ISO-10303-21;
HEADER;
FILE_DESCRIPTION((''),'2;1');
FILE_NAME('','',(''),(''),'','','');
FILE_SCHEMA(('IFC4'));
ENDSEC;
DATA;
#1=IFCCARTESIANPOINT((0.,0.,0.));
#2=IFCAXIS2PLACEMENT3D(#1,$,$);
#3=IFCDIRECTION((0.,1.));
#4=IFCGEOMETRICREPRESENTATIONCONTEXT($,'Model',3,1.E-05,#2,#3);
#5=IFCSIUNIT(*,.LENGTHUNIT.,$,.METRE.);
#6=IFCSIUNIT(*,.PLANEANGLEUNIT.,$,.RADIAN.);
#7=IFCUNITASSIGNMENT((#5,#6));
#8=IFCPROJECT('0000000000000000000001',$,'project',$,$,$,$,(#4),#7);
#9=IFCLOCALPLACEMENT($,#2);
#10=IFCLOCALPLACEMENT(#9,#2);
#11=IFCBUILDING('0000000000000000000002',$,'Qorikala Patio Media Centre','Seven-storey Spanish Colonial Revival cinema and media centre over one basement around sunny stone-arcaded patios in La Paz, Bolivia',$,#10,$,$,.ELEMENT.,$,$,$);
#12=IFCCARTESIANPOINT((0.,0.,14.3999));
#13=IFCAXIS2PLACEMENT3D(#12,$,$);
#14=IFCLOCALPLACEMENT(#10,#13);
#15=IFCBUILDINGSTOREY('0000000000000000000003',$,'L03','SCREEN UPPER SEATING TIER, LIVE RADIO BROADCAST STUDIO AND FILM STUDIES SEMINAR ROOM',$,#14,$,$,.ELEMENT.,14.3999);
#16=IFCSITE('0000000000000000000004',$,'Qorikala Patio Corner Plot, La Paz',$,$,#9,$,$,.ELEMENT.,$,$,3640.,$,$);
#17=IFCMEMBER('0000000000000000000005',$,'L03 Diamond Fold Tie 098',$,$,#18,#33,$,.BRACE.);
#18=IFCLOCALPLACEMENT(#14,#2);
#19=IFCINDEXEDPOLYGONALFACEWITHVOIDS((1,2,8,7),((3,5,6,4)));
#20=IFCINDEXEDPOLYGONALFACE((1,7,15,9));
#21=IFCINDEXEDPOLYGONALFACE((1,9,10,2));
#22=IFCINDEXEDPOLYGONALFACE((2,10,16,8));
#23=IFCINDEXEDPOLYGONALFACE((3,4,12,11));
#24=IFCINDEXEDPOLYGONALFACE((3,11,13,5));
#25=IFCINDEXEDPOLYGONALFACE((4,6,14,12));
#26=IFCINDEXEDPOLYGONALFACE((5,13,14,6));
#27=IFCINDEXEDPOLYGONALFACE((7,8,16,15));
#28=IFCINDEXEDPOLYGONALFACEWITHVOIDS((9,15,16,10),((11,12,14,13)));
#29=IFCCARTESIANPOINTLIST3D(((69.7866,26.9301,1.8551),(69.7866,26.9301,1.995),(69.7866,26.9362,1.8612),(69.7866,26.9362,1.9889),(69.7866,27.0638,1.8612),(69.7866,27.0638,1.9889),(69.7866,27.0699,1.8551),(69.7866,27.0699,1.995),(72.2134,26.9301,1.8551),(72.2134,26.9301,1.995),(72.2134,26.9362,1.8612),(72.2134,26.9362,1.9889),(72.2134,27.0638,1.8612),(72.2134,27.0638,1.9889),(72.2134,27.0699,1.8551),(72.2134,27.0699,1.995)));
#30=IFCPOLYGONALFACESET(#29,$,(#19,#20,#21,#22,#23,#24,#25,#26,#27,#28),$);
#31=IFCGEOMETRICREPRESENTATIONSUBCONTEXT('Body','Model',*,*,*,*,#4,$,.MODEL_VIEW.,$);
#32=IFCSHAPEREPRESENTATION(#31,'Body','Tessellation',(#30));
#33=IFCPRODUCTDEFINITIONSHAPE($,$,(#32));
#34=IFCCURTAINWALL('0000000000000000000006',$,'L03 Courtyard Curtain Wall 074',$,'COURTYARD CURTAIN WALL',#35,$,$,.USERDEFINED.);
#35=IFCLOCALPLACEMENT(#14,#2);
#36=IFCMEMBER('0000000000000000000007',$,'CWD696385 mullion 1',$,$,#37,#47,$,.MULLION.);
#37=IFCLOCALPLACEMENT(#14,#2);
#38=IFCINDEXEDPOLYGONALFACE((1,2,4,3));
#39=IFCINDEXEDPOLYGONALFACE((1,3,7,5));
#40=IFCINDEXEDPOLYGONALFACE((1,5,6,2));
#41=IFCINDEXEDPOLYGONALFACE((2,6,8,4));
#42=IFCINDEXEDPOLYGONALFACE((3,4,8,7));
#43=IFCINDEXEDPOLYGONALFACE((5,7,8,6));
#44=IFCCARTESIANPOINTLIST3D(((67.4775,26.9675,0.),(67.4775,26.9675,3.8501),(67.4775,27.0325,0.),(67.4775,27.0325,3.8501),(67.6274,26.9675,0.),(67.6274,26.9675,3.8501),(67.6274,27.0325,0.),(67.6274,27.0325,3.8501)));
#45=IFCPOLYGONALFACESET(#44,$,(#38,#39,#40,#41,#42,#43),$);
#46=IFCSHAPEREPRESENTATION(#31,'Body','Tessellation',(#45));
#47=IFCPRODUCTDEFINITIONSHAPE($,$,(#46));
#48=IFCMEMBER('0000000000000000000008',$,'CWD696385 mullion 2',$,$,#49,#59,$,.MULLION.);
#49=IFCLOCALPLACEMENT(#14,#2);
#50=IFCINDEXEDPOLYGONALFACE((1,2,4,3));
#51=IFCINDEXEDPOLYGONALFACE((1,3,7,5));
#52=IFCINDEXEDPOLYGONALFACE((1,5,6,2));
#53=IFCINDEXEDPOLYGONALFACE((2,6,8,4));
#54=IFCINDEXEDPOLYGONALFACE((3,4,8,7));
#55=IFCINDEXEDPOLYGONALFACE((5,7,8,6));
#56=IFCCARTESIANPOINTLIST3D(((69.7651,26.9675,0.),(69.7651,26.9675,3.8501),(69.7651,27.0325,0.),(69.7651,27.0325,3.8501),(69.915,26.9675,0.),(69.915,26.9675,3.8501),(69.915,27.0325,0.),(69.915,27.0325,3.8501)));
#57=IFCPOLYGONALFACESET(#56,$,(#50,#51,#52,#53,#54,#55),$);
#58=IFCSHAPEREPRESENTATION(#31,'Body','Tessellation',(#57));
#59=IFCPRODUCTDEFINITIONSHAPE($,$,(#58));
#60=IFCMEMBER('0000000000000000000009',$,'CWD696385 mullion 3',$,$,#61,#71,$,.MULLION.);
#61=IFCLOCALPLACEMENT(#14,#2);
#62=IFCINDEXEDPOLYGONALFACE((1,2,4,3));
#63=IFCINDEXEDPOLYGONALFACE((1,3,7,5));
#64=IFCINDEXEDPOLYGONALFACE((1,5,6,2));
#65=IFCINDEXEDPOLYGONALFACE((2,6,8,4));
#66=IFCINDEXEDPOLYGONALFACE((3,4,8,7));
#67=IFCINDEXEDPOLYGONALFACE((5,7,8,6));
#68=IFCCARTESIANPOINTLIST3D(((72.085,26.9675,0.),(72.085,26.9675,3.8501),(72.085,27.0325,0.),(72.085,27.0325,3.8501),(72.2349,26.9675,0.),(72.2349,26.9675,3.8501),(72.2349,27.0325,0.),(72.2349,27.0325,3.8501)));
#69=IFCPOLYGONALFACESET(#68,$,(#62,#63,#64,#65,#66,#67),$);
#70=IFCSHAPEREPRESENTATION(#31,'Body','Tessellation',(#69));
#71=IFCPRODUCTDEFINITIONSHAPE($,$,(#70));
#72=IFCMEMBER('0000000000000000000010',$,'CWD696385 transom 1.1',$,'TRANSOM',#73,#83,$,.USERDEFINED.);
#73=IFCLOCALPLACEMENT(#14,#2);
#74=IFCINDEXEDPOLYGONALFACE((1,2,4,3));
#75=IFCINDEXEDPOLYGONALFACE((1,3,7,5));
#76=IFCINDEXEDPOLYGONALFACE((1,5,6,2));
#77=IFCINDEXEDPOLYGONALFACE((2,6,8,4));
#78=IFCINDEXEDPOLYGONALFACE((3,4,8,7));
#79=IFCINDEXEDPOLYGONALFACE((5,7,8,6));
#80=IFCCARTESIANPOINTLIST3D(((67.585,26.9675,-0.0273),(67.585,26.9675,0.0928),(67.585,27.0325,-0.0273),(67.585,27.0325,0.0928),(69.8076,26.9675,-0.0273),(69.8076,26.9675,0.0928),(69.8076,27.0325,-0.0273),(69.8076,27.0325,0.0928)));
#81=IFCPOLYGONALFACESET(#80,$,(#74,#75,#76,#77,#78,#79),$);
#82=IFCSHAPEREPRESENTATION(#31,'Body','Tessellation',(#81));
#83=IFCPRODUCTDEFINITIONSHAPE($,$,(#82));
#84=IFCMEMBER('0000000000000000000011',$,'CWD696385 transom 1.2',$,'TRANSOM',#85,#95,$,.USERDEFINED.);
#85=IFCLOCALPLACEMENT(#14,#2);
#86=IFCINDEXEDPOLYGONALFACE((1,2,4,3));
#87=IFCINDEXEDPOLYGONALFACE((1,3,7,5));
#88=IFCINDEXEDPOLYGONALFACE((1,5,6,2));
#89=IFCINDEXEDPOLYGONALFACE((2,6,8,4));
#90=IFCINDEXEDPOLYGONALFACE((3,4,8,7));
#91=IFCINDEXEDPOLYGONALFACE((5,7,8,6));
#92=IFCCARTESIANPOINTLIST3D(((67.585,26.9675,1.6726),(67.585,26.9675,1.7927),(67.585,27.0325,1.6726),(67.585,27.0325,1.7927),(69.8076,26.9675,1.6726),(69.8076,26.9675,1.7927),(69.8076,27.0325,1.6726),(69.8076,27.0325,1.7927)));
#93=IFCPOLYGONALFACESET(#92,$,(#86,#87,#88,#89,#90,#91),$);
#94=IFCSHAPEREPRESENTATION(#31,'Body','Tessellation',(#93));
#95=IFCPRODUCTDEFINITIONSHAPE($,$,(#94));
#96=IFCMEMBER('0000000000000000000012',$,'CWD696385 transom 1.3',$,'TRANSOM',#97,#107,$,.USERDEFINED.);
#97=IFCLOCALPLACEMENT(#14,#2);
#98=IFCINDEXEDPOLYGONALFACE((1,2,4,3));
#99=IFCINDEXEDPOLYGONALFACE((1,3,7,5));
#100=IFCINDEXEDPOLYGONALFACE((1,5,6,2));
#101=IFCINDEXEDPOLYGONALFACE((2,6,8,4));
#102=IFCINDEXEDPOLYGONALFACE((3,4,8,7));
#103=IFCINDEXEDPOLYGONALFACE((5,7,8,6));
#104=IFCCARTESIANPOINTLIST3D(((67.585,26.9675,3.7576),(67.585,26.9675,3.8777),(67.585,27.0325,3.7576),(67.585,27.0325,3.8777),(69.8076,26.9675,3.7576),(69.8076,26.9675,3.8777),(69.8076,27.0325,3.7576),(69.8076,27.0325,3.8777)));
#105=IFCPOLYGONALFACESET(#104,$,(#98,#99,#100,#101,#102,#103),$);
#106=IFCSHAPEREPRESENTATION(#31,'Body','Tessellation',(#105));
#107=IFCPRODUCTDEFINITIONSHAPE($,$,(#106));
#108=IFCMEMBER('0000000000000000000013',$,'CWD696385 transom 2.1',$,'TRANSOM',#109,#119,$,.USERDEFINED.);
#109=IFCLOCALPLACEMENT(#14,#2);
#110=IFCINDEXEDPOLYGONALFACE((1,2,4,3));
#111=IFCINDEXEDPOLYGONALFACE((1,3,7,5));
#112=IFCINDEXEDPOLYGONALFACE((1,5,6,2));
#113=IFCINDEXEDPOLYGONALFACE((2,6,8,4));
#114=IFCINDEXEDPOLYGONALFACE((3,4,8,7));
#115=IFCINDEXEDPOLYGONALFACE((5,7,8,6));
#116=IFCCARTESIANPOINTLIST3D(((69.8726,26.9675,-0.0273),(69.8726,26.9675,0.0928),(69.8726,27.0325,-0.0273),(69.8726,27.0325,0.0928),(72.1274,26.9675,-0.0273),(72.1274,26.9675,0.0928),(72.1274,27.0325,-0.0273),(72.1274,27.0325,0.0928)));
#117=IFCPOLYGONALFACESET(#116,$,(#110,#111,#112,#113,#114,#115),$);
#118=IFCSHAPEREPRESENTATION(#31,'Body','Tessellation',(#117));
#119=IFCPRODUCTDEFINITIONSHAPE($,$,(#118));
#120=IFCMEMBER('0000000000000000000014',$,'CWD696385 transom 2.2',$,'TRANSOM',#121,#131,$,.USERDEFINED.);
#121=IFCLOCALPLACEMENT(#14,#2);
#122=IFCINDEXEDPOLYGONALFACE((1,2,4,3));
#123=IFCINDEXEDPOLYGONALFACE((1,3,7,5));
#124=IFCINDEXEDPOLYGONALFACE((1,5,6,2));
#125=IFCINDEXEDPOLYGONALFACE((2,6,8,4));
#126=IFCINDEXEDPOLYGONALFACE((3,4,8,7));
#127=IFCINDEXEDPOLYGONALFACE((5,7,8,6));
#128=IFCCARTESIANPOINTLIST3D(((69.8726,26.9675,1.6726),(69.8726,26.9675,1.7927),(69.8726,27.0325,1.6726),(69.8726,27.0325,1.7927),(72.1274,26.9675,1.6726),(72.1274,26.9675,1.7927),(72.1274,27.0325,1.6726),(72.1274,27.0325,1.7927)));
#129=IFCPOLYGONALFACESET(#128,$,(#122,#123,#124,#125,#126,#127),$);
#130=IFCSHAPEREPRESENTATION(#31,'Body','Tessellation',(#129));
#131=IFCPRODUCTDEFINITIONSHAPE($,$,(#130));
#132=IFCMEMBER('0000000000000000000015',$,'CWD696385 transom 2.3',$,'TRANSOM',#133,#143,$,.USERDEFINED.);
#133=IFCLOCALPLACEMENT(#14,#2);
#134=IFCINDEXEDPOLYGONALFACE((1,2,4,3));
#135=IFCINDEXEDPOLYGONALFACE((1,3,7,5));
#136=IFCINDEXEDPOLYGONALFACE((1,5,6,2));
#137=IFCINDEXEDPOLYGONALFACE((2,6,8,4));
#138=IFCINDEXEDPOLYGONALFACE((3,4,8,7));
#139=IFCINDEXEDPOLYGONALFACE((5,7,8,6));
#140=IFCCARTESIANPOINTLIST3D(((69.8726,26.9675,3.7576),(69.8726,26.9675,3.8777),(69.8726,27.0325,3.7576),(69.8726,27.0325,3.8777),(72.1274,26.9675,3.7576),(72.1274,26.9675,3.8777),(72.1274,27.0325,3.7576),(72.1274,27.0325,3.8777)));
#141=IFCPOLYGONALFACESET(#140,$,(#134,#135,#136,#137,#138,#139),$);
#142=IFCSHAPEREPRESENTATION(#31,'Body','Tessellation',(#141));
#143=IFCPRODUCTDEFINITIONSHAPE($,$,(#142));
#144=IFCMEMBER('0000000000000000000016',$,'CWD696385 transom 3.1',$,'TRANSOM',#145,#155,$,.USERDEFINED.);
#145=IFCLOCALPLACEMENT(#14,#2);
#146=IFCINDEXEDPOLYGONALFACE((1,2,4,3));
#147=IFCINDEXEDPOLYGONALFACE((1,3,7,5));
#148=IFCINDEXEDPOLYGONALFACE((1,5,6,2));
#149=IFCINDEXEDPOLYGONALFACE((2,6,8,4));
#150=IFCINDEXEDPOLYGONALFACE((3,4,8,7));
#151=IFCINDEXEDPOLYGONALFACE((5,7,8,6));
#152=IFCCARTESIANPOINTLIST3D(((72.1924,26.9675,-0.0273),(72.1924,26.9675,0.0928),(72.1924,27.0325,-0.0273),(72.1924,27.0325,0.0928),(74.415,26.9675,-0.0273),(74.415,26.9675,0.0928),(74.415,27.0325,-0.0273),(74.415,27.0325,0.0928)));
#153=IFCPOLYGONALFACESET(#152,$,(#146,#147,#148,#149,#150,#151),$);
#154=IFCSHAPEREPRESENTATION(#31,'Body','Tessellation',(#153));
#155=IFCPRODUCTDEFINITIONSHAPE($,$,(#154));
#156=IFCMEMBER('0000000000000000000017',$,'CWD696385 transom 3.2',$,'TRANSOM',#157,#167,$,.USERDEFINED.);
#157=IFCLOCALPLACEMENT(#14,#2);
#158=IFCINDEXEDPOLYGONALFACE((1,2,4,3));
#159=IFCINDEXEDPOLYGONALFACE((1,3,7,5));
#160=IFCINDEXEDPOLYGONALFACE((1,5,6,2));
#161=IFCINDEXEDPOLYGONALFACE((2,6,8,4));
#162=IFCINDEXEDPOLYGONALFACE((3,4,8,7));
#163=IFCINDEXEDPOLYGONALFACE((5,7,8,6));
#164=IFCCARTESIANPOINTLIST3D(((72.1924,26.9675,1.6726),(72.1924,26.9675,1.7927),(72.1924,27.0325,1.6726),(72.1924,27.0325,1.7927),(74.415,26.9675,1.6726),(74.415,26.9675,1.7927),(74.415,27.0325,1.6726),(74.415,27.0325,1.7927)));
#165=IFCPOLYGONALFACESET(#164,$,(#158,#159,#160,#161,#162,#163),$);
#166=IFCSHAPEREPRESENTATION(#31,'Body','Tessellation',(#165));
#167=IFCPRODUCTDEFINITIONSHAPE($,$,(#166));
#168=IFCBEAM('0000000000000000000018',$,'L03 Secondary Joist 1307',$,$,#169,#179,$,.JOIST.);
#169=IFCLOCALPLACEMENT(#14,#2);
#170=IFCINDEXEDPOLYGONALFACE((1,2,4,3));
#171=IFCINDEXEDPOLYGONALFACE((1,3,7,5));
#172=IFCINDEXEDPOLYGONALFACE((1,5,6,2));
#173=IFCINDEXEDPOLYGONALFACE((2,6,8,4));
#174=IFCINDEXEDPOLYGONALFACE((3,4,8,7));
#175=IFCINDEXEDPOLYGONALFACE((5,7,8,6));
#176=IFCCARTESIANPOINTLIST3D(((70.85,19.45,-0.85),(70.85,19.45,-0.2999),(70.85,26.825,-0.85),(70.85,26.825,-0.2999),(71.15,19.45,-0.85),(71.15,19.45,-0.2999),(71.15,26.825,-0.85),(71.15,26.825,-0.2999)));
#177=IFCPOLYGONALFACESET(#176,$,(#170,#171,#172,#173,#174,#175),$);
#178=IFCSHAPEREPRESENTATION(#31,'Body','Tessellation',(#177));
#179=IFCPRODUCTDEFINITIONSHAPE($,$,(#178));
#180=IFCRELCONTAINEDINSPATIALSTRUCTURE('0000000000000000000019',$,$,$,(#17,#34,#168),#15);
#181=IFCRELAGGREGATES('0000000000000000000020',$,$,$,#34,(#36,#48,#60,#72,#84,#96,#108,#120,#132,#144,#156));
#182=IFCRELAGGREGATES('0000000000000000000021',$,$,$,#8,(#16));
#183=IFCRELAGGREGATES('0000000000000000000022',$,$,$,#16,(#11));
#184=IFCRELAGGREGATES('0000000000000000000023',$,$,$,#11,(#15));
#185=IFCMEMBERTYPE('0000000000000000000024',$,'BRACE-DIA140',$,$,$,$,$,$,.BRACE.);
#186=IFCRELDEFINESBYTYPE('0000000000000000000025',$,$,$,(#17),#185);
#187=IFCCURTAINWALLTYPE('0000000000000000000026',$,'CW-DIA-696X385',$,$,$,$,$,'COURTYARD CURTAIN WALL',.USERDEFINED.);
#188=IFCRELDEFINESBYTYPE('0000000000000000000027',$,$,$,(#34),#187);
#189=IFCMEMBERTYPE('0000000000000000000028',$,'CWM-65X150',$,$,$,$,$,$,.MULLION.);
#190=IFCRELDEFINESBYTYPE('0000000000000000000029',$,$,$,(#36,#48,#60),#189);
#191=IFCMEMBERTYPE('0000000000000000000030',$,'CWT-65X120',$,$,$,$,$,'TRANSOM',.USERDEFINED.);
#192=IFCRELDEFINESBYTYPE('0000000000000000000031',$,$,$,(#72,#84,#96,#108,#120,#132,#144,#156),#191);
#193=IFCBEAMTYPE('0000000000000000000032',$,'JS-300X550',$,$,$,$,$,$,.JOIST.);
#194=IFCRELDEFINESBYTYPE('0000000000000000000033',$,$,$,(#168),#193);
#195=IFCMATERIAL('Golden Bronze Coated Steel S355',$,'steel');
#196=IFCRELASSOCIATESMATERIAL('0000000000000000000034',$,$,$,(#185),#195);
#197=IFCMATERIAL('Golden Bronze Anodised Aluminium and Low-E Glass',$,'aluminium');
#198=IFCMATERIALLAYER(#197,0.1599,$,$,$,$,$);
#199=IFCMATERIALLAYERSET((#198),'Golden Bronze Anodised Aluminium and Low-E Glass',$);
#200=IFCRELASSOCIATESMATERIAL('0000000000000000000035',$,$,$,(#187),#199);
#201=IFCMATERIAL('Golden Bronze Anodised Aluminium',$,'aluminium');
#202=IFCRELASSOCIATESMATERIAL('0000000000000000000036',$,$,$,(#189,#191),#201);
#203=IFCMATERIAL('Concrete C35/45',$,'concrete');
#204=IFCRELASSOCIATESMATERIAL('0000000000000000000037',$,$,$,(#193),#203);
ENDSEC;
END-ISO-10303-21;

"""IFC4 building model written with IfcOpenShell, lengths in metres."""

from ifc_helpers import new_model, si_unit, direction, frame, origin, origin_2d, place, context, subcontext, project, spatial, rectangle, hollow_rectangle, extrude, material, layer, layer_set, material_profile, profile_set, type_object, element, aggregate, save


model = new_model("IFC4")

# Units and contexts
model_context = context("Model", 3, precision=1e-05, world=origin(), true_north=direction((0.0, 1.0)))
body_context = subcontext(model_context, "Body", "Model", "MODEL_VIEW")
ifc_project = project(units=[si_unit("LENGTHUNIT", "METRE"), si_unit("PLANEANGLEUNIT", "RADIAN")], contexts=[model_context])

# Site, building, storey
site_placement = place(None, origin())
site = spatial("IfcSite", under=ifc_project, at=site_placement, Name="Qorikala Patio Corner Plot, La Paz", CompositionType="ELEMENT", RefElevation=3640.0)
building_placement = place(site_placement, origin())
building = spatial("IfcBuilding", under=site, at=building_placement, Name="Qorikala Patio Media Centre", Description="Seven-storey Spanish Colonial Revival cinema and media centre over one basement around sunny stone-arcaded patios in La Paz, Bolivia", CompositionType="ELEMENT")
storey_placement = place(building_placement, frame((0.0, 0.0, 14.3999)))
storey = spatial("IfcBuildingStorey", under=building, at=storey_placement, Name="L03", Description="SCREEN UPPER SEATING TIER, LIVE RADIO BROADCAST STUDIO AND FILM STUDIES SEMINAR ROOM", CompositionType="ELEMENT", Elevation=14.3999)

# Member
ifc_material_1 = material(Name="Golden Bronze Coated Steel S355", Category="steel")
ifc_material_profile_1 = material_profile(ifc_material_1, hollow_rectangle(XDim=0.1399, YDim=0.1399, WallThickness=0.0061, at=origin_2d()), Name="HSS140X140X6")
ifc_profile_set_1 = profile_set([ifc_material_profile_1], Name="Golden Bronze Coated Steel S355")
member_type_1 = type_object("IfcMemberType", Name="BRACE-DIA140", PredefinedType="BRACE", material=ifc_profile_set_1)
member_1_placement = place(storey_placement, frame((69.7866, 27.0, 1.925), z_axis=(1.0, 0.0, 0.0), x_axis=(0.0, 1.0, 0.0)))
element("IfcMember", 1, at=member_1_placement, inside=storey, type_object=member_type_1, Name="L03 Diamond Fold Tie 098", PredefinedType="BRACE", context=body_context, shape_type="SweptSolid", body=[
    extrude(hollow_rectangle(XDim=0.1399, YDim=0.1399, WallThickness=0.0061, at=origin_2d()), origin(), (0.0, 0.0, 1.0), 2.4268),
])

# Curtain wall, members
ifc_material_2 = material(Name="Golden Bronze Anodised Aluminium and Low-E Glass", Category="aluminium")
ifc_layer_1 = layer(ifc_material_2, 0.1599)
ifc_layer_set_1 = layer_set([ifc_layer_1], Name="Golden Bronze Anodised Aluminium and Low-E Glass")
curtain_wall_type = type_object("IfcCurtainWallType", Name="CW-DIA-696X385", ElementType="COURTYARD CURTAIN WALL", PredefinedType="USERDEFINED", material=ifc_layer_set_1)
curtain_wall_placement = place(storey_placement, origin())
curtain_wall = element("IfcCurtainWall", 2, at=curtain_wall_placement, inside=storey, type_object=curtain_wall_type, Name="L03 Courtyard Curtain Wall 074", ObjectType="COURTYARD CURTAIN WALL", PredefinedType="USERDEFINED")
ifc_material_3 = material(Name="Golden Bronze Anodised Aluminium", Category="aluminium")
ifc_material_profile_2 = material_profile(ifc_material_3, rectangle(XDim=0.0649, YDim=0.1499, at=origin_2d()), Name="ALU MULLION 65x150")
ifc_profile_set_2 = profile_set([ifc_material_profile_2], Name="Golden Bronze Anodised Aluminium")
member_type_2 = type_object("IfcMemberType", Name="CWM-65X150", PredefinedType="MULLION", material=ifc_profile_set_2)
member_2_placement = place(storey_placement, frame((67.5525, 27.0, 0.0), z_axis=(0.0, 0.0, 1.0), x_axis=(0.0, 1.0, 0.0)))
member_2 = element("IfcMember", 3, at=member_2_placement, type_object=member_type_2, Name="CWD696385 mullion 1", PredefinedType="MULLION", context=body_context, shape_type="SweptSolid", body=[
    extrude(rectangle(XDim=0.0649, YDim=0.1499, at=origin_2d()), origin(), (0.0, 0.0, 1.0), 3.8501),
])
member_3_placement = place(storey_placement, frame((69.8401, 27.0, 0.0), z_axis=(0.0, 0.0, 1.0), x_axis=(0.0, 1.0, 0.0)))
member_3 = element("IfcMember", 4, at=member_3_placement, type_object=member_type_2, Name="CWD696385 mullion 2", PredefinedType="MULLION", context=body_context, shape_type="SweptSolid", body=[
    extrude(rectangle(XDim=0.0649, YDim=0.1499, at=origin_2d()), origin(), (0.0, 0.0, 1.0), 3.8501),
])
member_4_placement = place(storey_placement, frame((72.1599, 27.0, 0.0), z_axis=(0.0, 0.0, 1.0), x_axis=(0.0, 1.0, 0.0)))
member_4 = element("IfcMember", 5, at=member_4_placement, type_object=member_type_2, Name="CWD696385 mullion 3", PredefinedType="MULLION", context=body_context, shape_type="SweptSolid", body=[
    extrude(rectangle(XDim=0.0649, YDim=0.1499, at=origin_2d()), origin(), (0.0, 0.0, 1.0), 3.8501),
])
ifc_material_profile_3 = material_profile(ifc_material_3, rectangle(XDim=0.0649, YDim=0.1201, at=origin_2d()), Name="ALU TRANSOM 65x120")
ifc_profile_set_3 = profile_set([ifc_material_profile_3], Name="Golden Bronze Anodised Aluminium")
member_type_3 = type_object("IfcMemberType", Name="CWT-65X120", ElementType="TRANSOM", PredefinedType="USERDEFINED", material=ifc_profile_set_3)
member_5_placement = place(storey_placement, frame((67.585, 27.0, 0.0327), z_axis=(1.0, 0.0, 0.0), x_axis=(0.0, 1.0, 0.0)))
member_5 = element("IfcMember", 6, at=member_5_placement, type_object=member_type_3, Name="CWD696385 transom 1.1", ObjectType="TRANSOM", PredefinedType="USERDEFINED", context=body_context, shape_type="SweptSolid", body=[
    extrude(rectangle(XDim=0.0649, YDim=0.1201, at=origin_2d()), origin(), (0.0, 0.0, 1.0), 2.2227),
])
member_6_placement = place(storey_placement, frame((67.585, 27.0, 1.7327), z_axis=(1.0, 0.0, 0.0), x_axis=(0.0, 1.0, 0.0)))
member_6 = element("IfcMember", 7, at=member_6_placement, type_object=member_type_3, Name="CWD696385 transom 1.2", ObjectType="TRANSOM", PredefinedType="USERDEFINED", context=body_context, shape_type="SweptSolid", body=[
    extrude(rectangle(XDim=0.0649, YDim=0.1201, at=origin_2d()), origin(), (0.0, 0.0, 1.0), 2.2227),
])
member_7_placement = place(storey_placement, frame((67.585, 27.0, 3.8176), z_axis=(1.0, 0.0, 0.0), x_axis=(0.0, 1.0, 0.0)))
member_7 = element("IfcMember", 8, at=member_7_placement, type_object=member_type_3, Name="CWD696385 transom 1.3", ObjectType="TRANSOM", PredefinedType="USERDEFINED", context=body_context, shape_type="SweptSolid", body=[
    extrude(rectangle(XDim=0.0649, YDim=0.1201, at=origin_2d()), origin(), (0.0, 0.0, 1.0), 2.2227),
])
member_8_placement = place(storey_placement, frame((69.8726, 27.0, 0.0327), z_axis=(1.0, 0.0, 0.0), x_axis=(0.0, 1.0, 0.0)))
member_8 = element("IfcMember", 9, at=member_8_placement, type_object=member_type_3, Name="CWD696385 transom 2.1", ObjectType="TRANSOM", PredefinedType="USERDEFINED", context=body_context, shape_type="SweptSolid", body=[
    extrude(rectangle(XDim=0.0649, YDim=0.1201, at=origin_2d()), origin(), (0.0, 0.0, 1.0), 2.2549),
])
member_9_placement = place(storey_placement, frame((69.8726, 27.0, 1.7327), z_axis=(1.0, 0.0, 0.0), x_axis=(0.0, 1.0, 0.0)))
member_9 = element("IfcMember", 10, at=member_9_placement, type_object=member_type_3, Name="CWD696385 transom 2.2", ObjectType="TRANSOM", PredefinedType="USERDEFINED", context=body_context, shape_type="SweptSolid", body=[
    extrude(rectangle(XDim=0.0649, YDim=0.1201, at=origin_2d()), origin(), (0.0, 0.0, 1.0), 2.2549),
])
member_10_placement = place(storey_placement, frame((69.8726, 27.0, 3.8176), z_axis=(1.0, 0.0, 0.0), x_axis=(0.0, 1.0, 0.0)))
member_10 = element("IfcMember", 11, at=member_10_placement, type_object=member_type_3, Name="CWD696385 transom 2.3", ObjectType="TRANSOM", PredefinedType="USERDEFINED", context=body_context, shape_type="SweptSolid", body=[
    extrude(rectangle(XDim=0.0649, YDim=0.1201, at=origin_2d()), origin(), (0.0, 0.0, 1.0), 2.2549),
])
member_11_placement = place(storey_placement, frame((72.1924, 27.0, 0.0327), z_axis=(1.0, 0.0, 0.0), x_axis=(0.0, 1.0, 0.0)))
member_11 = element("IfcMember", 12, at=member_11_placement, type_object=member_type_3, Name="CWD696385 transom 3.1", ObjectType="TRANSOM", PredefinedType="USERDEFINED", context=body_context, shape_type="SweptSolid", body=[
    extrude(rectangle(XDim=0.0649, YDim=0.1201, at=origin_2d()), origin(), (0.0, 0.0, 1.0), 2.2227),
])
member_12_placement = place(storey_placement, frame((72.1924, 27.0, 1.7327), z_axis=(1.0, 0.0, 0.0), x_axis=(0.0, 1.0, 0.0)))
member_12 = element("IfcMember", 13, at=member_12_placement, type_object=member_type_3, Name="CWD696385 transom 3.2", ObjectType="TRANSOM", PredefinedType="USERDEFINED", context=body_context, shape_type="SweptSolid", body=[
    extrude(rectangle(XDim=0.0649, YDim=0.1201, at=origin_2d()), origin(), (0.0, 0.0, 1.0), 2.2227),
])

# Beam
ifc_material_4 = material(Name="Concrete C35/45", Category="concrete")
ifc_material_profile_4 = material_profile(ifc_material_4, rectangle(XDim=0.3, YDim=0.55, at=origin_2d()), Name="RC 300x550")
ifc_profile_set_4 = profile_set([ifc_material_profile_4], Name="Concrete C35/45")
beam_type = type_object("IfcBeamType", Name="JS-300X550", PredefinedType="JOIST", material=ifc_profile_set_4)
beam_placement = place(storey_placement, frame((71.0, 19.45, -0.575), z_axis=(0.0, 1.0, 0.0), x_axis=(-1.0, 0.0, 0.0)))
element("IfcBeam", 14, at=beam_placement, inside=storey, type_object=beam_type, Name="L03 Secondary Joist 1307", PredefinedType="JOIST", context=body_context, shape_type="SweptSolid", body=[
    extrude(rectangle(XDim=0.3, YDim=0.55, at=origin_2d()), origin(), (0.0, 0.0, 1.0), 7.375),
])

aggregate(curtain_wall, [member_2, member_3, member_4, member_5, member_6, member_7, member_8, member_9, member_10, member_11, member_12])

save(model, "model.ifc")
